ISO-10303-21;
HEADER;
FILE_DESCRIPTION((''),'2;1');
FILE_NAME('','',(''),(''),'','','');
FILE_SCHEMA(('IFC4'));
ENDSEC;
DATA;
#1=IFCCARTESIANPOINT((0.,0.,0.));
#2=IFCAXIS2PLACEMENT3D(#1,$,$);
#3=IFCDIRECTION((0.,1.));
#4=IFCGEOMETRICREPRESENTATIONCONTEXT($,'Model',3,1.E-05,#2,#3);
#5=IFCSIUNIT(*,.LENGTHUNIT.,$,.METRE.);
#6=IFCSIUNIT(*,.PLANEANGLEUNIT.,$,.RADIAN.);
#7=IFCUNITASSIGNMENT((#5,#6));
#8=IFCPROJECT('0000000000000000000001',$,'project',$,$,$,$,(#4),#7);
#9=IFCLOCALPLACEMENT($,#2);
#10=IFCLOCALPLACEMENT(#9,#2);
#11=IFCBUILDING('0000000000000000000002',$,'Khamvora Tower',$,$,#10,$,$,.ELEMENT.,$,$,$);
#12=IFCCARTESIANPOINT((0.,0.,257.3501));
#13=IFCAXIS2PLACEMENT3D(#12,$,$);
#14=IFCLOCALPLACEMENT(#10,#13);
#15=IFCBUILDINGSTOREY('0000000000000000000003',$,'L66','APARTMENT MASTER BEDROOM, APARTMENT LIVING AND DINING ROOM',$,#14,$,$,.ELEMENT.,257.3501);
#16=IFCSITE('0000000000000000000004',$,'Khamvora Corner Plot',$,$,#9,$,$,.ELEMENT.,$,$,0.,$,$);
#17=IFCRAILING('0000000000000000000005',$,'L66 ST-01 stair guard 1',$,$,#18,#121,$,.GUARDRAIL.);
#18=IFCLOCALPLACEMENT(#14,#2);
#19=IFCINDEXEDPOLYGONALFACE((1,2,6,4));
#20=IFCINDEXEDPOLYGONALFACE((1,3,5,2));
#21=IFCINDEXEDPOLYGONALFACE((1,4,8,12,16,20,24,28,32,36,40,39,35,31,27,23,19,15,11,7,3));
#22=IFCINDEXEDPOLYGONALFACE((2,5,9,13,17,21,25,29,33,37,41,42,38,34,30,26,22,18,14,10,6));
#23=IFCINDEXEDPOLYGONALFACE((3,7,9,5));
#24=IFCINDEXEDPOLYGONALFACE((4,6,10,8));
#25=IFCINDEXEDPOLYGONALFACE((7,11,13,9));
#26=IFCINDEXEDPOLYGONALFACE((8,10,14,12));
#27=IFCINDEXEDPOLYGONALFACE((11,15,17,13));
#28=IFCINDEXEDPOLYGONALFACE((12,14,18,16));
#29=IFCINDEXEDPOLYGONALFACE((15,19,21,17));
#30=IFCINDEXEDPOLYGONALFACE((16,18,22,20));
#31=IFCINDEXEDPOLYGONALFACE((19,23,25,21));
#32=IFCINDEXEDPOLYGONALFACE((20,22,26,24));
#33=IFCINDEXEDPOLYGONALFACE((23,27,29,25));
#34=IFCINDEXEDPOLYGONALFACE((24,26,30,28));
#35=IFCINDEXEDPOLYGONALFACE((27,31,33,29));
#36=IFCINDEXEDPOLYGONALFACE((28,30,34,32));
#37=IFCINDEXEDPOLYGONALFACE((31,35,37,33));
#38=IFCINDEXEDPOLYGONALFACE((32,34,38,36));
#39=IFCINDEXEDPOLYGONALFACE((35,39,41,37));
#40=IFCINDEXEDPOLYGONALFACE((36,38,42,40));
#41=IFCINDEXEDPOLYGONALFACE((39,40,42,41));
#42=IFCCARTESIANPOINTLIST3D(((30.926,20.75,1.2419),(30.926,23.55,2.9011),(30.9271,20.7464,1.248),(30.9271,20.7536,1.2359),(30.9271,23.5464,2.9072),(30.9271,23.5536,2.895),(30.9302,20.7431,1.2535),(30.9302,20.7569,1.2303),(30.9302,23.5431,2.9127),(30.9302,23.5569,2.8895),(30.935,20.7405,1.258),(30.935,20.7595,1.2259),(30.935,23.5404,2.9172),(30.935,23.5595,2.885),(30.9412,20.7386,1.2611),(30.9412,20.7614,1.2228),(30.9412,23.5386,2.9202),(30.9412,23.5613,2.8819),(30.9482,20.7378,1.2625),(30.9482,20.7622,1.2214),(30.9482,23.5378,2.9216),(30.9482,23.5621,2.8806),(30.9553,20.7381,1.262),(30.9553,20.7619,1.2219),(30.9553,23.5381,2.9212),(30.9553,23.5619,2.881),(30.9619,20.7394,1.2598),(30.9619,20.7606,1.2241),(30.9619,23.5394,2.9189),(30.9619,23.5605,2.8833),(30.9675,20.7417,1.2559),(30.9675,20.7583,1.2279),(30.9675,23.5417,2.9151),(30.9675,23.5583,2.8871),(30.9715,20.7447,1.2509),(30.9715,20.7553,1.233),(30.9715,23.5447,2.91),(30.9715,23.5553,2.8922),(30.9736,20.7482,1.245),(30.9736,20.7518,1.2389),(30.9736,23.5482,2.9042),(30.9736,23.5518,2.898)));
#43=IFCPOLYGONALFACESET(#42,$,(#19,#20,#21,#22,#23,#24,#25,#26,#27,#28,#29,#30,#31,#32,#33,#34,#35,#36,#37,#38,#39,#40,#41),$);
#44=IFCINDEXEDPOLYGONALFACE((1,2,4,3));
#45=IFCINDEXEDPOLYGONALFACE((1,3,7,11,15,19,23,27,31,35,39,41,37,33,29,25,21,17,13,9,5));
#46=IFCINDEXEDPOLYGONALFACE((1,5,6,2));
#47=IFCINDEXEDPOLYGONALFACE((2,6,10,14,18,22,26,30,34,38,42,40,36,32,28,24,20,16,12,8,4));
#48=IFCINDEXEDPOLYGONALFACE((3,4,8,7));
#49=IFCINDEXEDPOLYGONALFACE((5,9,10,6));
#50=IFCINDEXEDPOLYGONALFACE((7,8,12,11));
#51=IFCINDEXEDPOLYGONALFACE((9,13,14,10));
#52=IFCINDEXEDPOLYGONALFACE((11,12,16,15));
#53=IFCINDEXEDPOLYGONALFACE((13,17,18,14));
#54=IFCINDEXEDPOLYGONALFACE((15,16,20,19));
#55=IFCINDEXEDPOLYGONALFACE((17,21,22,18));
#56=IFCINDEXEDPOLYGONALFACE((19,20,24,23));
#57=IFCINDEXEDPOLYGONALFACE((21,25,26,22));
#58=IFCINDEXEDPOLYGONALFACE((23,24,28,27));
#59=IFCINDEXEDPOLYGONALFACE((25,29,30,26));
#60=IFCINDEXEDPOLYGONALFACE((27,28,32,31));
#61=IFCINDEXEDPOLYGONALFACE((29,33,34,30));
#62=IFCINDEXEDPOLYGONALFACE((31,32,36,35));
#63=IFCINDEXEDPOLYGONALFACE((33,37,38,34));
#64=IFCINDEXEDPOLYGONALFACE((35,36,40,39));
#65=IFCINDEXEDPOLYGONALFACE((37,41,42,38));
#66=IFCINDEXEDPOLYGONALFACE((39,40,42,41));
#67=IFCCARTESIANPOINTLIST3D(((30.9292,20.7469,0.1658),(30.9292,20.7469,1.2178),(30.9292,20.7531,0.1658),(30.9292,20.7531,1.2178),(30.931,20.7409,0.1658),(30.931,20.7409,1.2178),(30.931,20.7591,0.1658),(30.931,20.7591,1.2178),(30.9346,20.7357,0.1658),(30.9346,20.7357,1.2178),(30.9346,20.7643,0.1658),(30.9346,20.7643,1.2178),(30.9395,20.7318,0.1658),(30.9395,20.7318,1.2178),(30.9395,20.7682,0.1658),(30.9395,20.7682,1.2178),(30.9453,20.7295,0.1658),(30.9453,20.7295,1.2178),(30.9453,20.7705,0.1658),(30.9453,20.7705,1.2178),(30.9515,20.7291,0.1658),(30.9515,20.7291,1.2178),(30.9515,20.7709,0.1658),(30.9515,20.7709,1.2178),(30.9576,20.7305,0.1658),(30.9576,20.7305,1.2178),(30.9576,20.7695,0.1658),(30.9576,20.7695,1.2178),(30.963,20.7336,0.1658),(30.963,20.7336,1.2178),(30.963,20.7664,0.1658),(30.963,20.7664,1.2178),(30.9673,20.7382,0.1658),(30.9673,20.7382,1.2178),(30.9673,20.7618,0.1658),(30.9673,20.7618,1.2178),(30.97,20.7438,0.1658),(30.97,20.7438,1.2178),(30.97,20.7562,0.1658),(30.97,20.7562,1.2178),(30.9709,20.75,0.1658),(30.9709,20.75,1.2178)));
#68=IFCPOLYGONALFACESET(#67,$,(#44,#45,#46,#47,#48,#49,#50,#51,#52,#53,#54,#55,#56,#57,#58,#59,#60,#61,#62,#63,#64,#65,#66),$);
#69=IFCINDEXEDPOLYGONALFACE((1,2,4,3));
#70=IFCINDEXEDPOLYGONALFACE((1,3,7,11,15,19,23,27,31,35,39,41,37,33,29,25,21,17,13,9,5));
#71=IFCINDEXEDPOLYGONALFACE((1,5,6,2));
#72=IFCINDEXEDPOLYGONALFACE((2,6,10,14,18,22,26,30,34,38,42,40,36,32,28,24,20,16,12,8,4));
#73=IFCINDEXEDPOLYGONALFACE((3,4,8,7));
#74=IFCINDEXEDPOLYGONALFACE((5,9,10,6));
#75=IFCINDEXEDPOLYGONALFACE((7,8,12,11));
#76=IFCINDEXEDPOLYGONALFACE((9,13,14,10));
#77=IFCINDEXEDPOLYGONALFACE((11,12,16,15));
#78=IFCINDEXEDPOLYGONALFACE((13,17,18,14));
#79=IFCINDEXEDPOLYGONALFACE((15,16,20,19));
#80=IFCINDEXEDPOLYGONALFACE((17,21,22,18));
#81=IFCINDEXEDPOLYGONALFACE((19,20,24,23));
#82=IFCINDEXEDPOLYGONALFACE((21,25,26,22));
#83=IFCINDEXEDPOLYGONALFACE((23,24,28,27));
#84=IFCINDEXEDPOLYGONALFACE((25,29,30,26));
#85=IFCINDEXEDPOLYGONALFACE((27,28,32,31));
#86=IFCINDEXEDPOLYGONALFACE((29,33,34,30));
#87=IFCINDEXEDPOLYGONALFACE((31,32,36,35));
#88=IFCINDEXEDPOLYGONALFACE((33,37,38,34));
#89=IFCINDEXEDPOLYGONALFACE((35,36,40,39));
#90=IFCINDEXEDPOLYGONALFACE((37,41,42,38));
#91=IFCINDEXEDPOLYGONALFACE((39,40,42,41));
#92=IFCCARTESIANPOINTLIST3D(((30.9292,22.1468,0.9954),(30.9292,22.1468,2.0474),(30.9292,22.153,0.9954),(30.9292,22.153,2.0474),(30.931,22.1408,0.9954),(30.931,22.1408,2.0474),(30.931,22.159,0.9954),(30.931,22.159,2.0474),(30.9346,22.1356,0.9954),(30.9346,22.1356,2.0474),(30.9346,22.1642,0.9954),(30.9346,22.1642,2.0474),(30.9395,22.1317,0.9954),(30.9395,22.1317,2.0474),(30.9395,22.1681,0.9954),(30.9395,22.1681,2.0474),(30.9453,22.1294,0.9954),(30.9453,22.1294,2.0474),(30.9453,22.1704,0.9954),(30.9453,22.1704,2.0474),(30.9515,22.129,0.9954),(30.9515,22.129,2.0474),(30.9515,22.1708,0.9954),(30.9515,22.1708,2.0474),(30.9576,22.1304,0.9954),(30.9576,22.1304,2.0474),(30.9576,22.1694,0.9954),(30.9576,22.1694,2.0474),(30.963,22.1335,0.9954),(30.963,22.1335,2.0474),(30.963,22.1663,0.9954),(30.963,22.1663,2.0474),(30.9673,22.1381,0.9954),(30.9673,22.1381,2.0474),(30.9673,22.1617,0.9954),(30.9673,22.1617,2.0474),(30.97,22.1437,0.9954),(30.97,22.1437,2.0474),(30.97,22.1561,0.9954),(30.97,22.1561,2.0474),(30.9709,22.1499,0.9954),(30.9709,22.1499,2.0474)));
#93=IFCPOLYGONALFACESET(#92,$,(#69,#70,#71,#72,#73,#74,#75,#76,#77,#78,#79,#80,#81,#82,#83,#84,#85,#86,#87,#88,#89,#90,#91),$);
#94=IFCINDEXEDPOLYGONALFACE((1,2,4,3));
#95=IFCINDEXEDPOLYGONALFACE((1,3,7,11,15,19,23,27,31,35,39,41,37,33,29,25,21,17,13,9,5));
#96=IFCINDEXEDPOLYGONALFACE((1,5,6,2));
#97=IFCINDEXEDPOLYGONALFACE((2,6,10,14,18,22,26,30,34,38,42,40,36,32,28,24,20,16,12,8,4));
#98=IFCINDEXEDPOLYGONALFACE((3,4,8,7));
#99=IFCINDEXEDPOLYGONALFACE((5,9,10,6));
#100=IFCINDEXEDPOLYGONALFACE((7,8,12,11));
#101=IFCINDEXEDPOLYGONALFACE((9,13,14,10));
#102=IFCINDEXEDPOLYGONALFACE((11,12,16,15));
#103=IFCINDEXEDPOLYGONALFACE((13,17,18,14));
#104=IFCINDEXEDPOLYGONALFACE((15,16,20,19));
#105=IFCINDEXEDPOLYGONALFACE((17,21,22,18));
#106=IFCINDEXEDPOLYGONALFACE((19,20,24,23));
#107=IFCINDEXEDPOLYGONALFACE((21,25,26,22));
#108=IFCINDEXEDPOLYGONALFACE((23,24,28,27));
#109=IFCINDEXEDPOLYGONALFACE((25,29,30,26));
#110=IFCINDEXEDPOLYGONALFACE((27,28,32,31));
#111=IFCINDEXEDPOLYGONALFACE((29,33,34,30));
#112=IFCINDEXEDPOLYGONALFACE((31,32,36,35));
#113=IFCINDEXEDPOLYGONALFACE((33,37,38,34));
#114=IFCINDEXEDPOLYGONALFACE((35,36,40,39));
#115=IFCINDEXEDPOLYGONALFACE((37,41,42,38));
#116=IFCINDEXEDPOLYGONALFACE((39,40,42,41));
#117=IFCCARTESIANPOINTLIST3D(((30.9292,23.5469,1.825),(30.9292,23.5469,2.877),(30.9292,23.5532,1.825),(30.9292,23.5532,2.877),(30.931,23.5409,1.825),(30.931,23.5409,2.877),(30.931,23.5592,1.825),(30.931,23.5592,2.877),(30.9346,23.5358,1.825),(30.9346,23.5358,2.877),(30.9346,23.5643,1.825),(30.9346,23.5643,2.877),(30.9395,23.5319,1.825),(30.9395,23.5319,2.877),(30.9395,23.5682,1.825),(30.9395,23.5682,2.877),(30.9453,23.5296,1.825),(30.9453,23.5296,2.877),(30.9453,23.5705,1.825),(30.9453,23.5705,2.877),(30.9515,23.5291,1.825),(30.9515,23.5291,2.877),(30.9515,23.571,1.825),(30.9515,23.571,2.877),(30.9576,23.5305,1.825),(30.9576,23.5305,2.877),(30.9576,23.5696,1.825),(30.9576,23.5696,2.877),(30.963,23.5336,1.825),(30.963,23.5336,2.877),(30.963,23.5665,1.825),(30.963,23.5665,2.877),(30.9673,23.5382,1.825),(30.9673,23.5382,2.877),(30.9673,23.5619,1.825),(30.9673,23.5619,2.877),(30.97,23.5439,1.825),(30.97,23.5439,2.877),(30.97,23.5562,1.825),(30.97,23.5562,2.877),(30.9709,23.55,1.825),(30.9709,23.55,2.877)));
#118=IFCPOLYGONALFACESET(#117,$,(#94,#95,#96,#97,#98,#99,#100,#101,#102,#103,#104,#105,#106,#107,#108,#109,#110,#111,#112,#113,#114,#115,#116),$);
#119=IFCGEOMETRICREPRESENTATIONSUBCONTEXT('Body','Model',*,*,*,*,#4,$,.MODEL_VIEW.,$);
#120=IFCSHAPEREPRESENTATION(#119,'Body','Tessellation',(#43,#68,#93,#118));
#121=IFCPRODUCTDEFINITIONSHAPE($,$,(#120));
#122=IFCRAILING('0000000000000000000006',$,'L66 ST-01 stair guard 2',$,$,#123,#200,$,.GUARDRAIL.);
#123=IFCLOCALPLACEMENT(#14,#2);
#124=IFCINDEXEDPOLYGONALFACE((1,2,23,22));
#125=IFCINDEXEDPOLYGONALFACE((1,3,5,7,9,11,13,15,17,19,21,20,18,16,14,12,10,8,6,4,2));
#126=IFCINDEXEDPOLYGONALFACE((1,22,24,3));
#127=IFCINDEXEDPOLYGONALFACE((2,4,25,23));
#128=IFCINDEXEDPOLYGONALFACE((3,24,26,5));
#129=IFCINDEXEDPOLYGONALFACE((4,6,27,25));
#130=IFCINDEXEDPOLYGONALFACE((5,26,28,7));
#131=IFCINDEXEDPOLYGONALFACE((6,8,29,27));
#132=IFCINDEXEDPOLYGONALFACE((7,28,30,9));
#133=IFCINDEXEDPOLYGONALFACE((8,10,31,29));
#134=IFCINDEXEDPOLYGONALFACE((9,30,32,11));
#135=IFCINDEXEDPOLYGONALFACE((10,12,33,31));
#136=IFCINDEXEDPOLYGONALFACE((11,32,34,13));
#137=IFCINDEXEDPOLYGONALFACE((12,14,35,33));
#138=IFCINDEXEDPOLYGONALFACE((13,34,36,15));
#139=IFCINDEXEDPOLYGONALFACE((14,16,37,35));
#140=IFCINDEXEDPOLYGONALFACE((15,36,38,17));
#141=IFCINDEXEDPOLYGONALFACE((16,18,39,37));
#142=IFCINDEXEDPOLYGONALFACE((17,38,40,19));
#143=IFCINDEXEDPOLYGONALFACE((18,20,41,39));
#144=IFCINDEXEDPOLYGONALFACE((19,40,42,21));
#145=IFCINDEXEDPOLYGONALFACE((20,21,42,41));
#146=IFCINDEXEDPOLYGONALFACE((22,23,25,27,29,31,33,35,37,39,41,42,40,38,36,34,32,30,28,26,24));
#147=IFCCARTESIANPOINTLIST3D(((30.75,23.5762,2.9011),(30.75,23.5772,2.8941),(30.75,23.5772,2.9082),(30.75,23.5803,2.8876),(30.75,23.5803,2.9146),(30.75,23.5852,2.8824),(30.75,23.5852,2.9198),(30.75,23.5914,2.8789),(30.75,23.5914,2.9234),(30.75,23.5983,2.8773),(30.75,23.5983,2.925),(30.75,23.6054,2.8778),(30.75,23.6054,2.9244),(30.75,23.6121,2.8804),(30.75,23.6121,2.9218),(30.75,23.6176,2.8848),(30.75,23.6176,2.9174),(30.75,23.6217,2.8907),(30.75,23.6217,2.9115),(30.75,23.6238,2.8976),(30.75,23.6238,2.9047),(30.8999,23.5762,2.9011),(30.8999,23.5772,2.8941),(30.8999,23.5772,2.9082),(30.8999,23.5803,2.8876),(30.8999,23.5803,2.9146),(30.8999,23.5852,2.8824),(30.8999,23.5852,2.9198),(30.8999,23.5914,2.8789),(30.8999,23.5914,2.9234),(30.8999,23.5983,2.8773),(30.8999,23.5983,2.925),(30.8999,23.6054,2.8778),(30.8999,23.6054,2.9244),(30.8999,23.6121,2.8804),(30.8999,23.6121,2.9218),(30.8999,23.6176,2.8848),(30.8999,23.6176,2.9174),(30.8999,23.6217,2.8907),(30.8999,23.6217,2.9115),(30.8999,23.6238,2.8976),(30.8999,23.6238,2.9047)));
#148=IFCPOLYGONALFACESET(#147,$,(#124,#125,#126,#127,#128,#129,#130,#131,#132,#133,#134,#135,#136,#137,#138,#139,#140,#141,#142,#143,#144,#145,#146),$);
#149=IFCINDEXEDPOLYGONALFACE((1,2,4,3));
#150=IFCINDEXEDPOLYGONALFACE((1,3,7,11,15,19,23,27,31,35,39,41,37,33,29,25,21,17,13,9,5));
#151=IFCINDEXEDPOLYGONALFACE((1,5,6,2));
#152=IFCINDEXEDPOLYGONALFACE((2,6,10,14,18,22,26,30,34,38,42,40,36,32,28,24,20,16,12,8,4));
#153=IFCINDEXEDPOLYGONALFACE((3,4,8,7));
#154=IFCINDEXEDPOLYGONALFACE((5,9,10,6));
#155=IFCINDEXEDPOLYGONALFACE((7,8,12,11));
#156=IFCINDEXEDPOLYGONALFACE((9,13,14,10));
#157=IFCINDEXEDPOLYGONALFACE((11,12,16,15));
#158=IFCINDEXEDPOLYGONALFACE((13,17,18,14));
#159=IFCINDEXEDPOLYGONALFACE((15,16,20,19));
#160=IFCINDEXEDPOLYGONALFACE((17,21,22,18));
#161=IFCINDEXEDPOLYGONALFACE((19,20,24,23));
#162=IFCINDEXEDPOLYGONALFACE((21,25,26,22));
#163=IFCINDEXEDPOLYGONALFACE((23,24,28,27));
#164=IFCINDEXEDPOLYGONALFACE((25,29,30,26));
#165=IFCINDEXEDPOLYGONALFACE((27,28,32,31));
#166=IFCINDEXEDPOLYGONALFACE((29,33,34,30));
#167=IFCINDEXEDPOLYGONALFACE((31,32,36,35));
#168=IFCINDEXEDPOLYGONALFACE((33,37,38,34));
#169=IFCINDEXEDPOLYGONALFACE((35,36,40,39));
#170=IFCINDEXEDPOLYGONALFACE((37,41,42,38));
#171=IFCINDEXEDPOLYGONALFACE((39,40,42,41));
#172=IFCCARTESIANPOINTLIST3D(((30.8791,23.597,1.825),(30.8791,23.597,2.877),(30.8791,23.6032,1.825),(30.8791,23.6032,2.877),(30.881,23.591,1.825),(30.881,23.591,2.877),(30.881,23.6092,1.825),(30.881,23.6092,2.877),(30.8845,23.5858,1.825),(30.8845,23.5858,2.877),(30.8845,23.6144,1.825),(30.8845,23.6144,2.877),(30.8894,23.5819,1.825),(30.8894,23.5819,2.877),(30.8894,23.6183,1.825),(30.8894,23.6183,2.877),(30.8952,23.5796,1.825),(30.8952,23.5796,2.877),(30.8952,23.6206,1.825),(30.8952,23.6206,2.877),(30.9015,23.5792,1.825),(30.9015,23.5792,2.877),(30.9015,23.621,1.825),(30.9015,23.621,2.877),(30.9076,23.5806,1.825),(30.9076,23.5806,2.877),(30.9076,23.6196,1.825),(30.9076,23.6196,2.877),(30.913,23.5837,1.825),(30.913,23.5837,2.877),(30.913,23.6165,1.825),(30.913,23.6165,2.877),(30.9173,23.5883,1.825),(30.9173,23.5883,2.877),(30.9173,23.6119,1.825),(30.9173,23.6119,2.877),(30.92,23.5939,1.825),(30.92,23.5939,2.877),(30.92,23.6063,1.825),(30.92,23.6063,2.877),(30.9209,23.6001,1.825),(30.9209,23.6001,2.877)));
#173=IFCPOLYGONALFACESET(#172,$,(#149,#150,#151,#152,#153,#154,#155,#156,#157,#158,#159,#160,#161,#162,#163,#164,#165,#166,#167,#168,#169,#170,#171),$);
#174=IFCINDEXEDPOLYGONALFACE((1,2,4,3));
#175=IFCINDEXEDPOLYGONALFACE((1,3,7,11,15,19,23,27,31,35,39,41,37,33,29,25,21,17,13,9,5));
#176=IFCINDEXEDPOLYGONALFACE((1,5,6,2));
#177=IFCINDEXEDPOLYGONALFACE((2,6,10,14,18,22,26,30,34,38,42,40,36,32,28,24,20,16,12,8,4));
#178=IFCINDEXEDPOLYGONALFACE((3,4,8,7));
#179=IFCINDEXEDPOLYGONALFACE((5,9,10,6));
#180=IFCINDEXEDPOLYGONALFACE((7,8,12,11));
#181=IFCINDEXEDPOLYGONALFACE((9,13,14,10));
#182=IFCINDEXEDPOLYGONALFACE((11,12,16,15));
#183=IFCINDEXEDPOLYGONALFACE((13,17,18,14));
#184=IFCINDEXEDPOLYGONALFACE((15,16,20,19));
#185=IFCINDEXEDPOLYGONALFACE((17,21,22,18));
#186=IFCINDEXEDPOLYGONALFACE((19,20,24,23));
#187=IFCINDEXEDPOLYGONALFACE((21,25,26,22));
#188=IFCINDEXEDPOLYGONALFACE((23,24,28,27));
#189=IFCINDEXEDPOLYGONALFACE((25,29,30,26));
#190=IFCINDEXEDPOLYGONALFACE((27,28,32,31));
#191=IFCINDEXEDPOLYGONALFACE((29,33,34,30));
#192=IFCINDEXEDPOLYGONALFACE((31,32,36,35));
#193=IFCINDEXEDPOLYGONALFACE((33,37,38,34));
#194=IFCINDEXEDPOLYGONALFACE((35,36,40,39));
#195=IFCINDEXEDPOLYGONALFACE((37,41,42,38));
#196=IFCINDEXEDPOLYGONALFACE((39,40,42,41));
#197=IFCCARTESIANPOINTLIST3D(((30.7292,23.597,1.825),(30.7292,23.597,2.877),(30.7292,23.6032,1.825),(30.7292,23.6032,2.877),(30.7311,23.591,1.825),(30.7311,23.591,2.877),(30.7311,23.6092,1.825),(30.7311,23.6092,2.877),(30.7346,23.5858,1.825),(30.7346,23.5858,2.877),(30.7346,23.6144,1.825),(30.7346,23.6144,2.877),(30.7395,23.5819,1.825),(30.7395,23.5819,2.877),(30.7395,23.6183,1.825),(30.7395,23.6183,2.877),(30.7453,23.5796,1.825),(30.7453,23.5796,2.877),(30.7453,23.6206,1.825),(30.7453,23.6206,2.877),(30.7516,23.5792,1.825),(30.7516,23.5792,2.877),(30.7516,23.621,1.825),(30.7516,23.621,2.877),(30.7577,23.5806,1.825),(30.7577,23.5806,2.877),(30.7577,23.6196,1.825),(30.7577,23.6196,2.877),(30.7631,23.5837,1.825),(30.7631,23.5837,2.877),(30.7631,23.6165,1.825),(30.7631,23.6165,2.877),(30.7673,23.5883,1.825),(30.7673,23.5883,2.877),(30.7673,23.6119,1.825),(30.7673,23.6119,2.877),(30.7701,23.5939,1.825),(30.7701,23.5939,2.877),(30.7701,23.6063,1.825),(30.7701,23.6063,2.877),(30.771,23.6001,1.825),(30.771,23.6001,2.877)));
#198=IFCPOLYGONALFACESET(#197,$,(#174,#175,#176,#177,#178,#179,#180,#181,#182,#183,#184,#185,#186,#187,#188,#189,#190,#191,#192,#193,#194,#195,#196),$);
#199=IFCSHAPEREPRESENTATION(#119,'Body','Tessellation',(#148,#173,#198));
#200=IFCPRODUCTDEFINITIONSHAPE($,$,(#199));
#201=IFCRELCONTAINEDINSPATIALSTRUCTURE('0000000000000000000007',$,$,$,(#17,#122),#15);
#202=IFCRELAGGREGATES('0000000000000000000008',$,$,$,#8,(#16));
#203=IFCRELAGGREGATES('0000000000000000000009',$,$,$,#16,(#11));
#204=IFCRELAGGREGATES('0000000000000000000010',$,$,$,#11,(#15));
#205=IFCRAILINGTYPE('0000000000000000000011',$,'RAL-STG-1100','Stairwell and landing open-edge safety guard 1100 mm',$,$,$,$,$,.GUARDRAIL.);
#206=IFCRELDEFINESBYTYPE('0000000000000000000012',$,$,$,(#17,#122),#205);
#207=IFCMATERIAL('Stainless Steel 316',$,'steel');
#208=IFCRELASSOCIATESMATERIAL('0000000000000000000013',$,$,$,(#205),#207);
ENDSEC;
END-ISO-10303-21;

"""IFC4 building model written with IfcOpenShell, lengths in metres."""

from ifc_helpers import new_model, si_unit, direction, frame, origin, origin_2d, place, context, subcontext, project, spatial, circle, extrude, material, type_object, element, save


model = new_model("IFC4")

# Units and contexts
model_context = context("Model", 3, precision=1e-05, world=origin(), true_north=direction((0.0, 1.0)))
body_context = subcontext(model_context, "Body", "Model", "MODEL_VIEW")
ifc_project = project(units=[si_unit("LENGTHUNIT", "METRE"), si_unit("PLANEANGLEUNIT", "RADIAN")], contexts=[model_context])

# Site, building, storey
site_placement = place(None, origin())
site = spatial("IfcSite", under=ifc_project, at=site_placement, Name="Khamvora Corner Plot", CompositionType="ELEMENT", RefElevation=0.0)
building_placement = place(site_placement, origin())
building = spatial("IfcBuilding", under=site, at=building_placement, Name="Khamvora Tower", CompositionType="ELEMENT")
storey_placement = place(building_placement, frame((0.0, 0.0, 257.3501)))
storey = spatial("IfcBuildingStorey", under=building, at=storey_placement, Name="L66", Description="APARTMENT MASTER BEDROOM, APARTMENT LIVING AND DINING ROOM", CompositionType="ELEMENT", Elevation=257.3501)

# Railings
ifc_material_1 = material(Name="Stainless Steel 316", Category="steel")
railing_type_1 = type_object("IfcRailingType", Name="RAL-STG-1100", Description="Stairwell and landing open-edge safety guard 1100 mm", PredefinedType="GUARDRAIL", material=ifc_material_1)
railing_1_placement = place(storey_placement, frame((30.95, 20.75, 0.1658)))
element("IfcRailing", 1, at=railing_1_placement, inside=storey, type_object=railing_type_1, Name="L66 ST-01 stair guard 1", PredefinedType="GUARDRAIL", context=body_context, shape_type="SweptSolid", body=[
    extrude(circle(Radius=0.0239, at=origin_2d()), frame((0.0, 0.0, 1.0762), z_axis=(0.0, 0.860306, 0.509778), x_axis=(-1.0, 0.0, 0.0)), (0.0, 0.0, 1.0), 3.2546),
    extrude(circle(Radius=0.021, at=origin_2d()), origin(), (0.0, 0.0, 1.0), 1.052),
    extrude(circle(Radius=0.021, at=origin_2d()), frame((0.0, 1.3999, 0.8296)), (0.0, 0.0, 1.0), 1.052),
    extrude(circle(Radius=0.021, at=origin_2d()), frame((0.0, 2.8, 1.6592)), (0.0, 0.0, 1.0), 1.052),
])
railing_2_placement = place(storey_placement, frame((30.8999, 23.6001, 1.825)))
element("IfcRailing", 2, at=railing_2_placement, inside=storey, type_object=railing_type_1, Name="L66 ST-01 stair guard 2", PredefinedType="GUARDRAIL", context=body_context, shape_type="SweptSolid", body=[
    extrude(circle(Radius=0.0239, at=origin_2d()), frame((0.0, 0.0, 1.0762), z_axis=(-1.0, 0.0, 0.0), x_axis=(0.0, -1.0, 0.0)), (0.0, 0.0, 1.0), 0.1499),
    extrude(circle(Radius=0.021, at=origin_2d()), origin(), (0.0, 0.0, 1.0), 1.052),
    extrude(circle(Radius=0.021, at=origin_2d()), frame((-0.1499, 0.0, 0.0)), (0.0, 0.0, 1.0), 1.052),
])

save(model, "model.ifc")
